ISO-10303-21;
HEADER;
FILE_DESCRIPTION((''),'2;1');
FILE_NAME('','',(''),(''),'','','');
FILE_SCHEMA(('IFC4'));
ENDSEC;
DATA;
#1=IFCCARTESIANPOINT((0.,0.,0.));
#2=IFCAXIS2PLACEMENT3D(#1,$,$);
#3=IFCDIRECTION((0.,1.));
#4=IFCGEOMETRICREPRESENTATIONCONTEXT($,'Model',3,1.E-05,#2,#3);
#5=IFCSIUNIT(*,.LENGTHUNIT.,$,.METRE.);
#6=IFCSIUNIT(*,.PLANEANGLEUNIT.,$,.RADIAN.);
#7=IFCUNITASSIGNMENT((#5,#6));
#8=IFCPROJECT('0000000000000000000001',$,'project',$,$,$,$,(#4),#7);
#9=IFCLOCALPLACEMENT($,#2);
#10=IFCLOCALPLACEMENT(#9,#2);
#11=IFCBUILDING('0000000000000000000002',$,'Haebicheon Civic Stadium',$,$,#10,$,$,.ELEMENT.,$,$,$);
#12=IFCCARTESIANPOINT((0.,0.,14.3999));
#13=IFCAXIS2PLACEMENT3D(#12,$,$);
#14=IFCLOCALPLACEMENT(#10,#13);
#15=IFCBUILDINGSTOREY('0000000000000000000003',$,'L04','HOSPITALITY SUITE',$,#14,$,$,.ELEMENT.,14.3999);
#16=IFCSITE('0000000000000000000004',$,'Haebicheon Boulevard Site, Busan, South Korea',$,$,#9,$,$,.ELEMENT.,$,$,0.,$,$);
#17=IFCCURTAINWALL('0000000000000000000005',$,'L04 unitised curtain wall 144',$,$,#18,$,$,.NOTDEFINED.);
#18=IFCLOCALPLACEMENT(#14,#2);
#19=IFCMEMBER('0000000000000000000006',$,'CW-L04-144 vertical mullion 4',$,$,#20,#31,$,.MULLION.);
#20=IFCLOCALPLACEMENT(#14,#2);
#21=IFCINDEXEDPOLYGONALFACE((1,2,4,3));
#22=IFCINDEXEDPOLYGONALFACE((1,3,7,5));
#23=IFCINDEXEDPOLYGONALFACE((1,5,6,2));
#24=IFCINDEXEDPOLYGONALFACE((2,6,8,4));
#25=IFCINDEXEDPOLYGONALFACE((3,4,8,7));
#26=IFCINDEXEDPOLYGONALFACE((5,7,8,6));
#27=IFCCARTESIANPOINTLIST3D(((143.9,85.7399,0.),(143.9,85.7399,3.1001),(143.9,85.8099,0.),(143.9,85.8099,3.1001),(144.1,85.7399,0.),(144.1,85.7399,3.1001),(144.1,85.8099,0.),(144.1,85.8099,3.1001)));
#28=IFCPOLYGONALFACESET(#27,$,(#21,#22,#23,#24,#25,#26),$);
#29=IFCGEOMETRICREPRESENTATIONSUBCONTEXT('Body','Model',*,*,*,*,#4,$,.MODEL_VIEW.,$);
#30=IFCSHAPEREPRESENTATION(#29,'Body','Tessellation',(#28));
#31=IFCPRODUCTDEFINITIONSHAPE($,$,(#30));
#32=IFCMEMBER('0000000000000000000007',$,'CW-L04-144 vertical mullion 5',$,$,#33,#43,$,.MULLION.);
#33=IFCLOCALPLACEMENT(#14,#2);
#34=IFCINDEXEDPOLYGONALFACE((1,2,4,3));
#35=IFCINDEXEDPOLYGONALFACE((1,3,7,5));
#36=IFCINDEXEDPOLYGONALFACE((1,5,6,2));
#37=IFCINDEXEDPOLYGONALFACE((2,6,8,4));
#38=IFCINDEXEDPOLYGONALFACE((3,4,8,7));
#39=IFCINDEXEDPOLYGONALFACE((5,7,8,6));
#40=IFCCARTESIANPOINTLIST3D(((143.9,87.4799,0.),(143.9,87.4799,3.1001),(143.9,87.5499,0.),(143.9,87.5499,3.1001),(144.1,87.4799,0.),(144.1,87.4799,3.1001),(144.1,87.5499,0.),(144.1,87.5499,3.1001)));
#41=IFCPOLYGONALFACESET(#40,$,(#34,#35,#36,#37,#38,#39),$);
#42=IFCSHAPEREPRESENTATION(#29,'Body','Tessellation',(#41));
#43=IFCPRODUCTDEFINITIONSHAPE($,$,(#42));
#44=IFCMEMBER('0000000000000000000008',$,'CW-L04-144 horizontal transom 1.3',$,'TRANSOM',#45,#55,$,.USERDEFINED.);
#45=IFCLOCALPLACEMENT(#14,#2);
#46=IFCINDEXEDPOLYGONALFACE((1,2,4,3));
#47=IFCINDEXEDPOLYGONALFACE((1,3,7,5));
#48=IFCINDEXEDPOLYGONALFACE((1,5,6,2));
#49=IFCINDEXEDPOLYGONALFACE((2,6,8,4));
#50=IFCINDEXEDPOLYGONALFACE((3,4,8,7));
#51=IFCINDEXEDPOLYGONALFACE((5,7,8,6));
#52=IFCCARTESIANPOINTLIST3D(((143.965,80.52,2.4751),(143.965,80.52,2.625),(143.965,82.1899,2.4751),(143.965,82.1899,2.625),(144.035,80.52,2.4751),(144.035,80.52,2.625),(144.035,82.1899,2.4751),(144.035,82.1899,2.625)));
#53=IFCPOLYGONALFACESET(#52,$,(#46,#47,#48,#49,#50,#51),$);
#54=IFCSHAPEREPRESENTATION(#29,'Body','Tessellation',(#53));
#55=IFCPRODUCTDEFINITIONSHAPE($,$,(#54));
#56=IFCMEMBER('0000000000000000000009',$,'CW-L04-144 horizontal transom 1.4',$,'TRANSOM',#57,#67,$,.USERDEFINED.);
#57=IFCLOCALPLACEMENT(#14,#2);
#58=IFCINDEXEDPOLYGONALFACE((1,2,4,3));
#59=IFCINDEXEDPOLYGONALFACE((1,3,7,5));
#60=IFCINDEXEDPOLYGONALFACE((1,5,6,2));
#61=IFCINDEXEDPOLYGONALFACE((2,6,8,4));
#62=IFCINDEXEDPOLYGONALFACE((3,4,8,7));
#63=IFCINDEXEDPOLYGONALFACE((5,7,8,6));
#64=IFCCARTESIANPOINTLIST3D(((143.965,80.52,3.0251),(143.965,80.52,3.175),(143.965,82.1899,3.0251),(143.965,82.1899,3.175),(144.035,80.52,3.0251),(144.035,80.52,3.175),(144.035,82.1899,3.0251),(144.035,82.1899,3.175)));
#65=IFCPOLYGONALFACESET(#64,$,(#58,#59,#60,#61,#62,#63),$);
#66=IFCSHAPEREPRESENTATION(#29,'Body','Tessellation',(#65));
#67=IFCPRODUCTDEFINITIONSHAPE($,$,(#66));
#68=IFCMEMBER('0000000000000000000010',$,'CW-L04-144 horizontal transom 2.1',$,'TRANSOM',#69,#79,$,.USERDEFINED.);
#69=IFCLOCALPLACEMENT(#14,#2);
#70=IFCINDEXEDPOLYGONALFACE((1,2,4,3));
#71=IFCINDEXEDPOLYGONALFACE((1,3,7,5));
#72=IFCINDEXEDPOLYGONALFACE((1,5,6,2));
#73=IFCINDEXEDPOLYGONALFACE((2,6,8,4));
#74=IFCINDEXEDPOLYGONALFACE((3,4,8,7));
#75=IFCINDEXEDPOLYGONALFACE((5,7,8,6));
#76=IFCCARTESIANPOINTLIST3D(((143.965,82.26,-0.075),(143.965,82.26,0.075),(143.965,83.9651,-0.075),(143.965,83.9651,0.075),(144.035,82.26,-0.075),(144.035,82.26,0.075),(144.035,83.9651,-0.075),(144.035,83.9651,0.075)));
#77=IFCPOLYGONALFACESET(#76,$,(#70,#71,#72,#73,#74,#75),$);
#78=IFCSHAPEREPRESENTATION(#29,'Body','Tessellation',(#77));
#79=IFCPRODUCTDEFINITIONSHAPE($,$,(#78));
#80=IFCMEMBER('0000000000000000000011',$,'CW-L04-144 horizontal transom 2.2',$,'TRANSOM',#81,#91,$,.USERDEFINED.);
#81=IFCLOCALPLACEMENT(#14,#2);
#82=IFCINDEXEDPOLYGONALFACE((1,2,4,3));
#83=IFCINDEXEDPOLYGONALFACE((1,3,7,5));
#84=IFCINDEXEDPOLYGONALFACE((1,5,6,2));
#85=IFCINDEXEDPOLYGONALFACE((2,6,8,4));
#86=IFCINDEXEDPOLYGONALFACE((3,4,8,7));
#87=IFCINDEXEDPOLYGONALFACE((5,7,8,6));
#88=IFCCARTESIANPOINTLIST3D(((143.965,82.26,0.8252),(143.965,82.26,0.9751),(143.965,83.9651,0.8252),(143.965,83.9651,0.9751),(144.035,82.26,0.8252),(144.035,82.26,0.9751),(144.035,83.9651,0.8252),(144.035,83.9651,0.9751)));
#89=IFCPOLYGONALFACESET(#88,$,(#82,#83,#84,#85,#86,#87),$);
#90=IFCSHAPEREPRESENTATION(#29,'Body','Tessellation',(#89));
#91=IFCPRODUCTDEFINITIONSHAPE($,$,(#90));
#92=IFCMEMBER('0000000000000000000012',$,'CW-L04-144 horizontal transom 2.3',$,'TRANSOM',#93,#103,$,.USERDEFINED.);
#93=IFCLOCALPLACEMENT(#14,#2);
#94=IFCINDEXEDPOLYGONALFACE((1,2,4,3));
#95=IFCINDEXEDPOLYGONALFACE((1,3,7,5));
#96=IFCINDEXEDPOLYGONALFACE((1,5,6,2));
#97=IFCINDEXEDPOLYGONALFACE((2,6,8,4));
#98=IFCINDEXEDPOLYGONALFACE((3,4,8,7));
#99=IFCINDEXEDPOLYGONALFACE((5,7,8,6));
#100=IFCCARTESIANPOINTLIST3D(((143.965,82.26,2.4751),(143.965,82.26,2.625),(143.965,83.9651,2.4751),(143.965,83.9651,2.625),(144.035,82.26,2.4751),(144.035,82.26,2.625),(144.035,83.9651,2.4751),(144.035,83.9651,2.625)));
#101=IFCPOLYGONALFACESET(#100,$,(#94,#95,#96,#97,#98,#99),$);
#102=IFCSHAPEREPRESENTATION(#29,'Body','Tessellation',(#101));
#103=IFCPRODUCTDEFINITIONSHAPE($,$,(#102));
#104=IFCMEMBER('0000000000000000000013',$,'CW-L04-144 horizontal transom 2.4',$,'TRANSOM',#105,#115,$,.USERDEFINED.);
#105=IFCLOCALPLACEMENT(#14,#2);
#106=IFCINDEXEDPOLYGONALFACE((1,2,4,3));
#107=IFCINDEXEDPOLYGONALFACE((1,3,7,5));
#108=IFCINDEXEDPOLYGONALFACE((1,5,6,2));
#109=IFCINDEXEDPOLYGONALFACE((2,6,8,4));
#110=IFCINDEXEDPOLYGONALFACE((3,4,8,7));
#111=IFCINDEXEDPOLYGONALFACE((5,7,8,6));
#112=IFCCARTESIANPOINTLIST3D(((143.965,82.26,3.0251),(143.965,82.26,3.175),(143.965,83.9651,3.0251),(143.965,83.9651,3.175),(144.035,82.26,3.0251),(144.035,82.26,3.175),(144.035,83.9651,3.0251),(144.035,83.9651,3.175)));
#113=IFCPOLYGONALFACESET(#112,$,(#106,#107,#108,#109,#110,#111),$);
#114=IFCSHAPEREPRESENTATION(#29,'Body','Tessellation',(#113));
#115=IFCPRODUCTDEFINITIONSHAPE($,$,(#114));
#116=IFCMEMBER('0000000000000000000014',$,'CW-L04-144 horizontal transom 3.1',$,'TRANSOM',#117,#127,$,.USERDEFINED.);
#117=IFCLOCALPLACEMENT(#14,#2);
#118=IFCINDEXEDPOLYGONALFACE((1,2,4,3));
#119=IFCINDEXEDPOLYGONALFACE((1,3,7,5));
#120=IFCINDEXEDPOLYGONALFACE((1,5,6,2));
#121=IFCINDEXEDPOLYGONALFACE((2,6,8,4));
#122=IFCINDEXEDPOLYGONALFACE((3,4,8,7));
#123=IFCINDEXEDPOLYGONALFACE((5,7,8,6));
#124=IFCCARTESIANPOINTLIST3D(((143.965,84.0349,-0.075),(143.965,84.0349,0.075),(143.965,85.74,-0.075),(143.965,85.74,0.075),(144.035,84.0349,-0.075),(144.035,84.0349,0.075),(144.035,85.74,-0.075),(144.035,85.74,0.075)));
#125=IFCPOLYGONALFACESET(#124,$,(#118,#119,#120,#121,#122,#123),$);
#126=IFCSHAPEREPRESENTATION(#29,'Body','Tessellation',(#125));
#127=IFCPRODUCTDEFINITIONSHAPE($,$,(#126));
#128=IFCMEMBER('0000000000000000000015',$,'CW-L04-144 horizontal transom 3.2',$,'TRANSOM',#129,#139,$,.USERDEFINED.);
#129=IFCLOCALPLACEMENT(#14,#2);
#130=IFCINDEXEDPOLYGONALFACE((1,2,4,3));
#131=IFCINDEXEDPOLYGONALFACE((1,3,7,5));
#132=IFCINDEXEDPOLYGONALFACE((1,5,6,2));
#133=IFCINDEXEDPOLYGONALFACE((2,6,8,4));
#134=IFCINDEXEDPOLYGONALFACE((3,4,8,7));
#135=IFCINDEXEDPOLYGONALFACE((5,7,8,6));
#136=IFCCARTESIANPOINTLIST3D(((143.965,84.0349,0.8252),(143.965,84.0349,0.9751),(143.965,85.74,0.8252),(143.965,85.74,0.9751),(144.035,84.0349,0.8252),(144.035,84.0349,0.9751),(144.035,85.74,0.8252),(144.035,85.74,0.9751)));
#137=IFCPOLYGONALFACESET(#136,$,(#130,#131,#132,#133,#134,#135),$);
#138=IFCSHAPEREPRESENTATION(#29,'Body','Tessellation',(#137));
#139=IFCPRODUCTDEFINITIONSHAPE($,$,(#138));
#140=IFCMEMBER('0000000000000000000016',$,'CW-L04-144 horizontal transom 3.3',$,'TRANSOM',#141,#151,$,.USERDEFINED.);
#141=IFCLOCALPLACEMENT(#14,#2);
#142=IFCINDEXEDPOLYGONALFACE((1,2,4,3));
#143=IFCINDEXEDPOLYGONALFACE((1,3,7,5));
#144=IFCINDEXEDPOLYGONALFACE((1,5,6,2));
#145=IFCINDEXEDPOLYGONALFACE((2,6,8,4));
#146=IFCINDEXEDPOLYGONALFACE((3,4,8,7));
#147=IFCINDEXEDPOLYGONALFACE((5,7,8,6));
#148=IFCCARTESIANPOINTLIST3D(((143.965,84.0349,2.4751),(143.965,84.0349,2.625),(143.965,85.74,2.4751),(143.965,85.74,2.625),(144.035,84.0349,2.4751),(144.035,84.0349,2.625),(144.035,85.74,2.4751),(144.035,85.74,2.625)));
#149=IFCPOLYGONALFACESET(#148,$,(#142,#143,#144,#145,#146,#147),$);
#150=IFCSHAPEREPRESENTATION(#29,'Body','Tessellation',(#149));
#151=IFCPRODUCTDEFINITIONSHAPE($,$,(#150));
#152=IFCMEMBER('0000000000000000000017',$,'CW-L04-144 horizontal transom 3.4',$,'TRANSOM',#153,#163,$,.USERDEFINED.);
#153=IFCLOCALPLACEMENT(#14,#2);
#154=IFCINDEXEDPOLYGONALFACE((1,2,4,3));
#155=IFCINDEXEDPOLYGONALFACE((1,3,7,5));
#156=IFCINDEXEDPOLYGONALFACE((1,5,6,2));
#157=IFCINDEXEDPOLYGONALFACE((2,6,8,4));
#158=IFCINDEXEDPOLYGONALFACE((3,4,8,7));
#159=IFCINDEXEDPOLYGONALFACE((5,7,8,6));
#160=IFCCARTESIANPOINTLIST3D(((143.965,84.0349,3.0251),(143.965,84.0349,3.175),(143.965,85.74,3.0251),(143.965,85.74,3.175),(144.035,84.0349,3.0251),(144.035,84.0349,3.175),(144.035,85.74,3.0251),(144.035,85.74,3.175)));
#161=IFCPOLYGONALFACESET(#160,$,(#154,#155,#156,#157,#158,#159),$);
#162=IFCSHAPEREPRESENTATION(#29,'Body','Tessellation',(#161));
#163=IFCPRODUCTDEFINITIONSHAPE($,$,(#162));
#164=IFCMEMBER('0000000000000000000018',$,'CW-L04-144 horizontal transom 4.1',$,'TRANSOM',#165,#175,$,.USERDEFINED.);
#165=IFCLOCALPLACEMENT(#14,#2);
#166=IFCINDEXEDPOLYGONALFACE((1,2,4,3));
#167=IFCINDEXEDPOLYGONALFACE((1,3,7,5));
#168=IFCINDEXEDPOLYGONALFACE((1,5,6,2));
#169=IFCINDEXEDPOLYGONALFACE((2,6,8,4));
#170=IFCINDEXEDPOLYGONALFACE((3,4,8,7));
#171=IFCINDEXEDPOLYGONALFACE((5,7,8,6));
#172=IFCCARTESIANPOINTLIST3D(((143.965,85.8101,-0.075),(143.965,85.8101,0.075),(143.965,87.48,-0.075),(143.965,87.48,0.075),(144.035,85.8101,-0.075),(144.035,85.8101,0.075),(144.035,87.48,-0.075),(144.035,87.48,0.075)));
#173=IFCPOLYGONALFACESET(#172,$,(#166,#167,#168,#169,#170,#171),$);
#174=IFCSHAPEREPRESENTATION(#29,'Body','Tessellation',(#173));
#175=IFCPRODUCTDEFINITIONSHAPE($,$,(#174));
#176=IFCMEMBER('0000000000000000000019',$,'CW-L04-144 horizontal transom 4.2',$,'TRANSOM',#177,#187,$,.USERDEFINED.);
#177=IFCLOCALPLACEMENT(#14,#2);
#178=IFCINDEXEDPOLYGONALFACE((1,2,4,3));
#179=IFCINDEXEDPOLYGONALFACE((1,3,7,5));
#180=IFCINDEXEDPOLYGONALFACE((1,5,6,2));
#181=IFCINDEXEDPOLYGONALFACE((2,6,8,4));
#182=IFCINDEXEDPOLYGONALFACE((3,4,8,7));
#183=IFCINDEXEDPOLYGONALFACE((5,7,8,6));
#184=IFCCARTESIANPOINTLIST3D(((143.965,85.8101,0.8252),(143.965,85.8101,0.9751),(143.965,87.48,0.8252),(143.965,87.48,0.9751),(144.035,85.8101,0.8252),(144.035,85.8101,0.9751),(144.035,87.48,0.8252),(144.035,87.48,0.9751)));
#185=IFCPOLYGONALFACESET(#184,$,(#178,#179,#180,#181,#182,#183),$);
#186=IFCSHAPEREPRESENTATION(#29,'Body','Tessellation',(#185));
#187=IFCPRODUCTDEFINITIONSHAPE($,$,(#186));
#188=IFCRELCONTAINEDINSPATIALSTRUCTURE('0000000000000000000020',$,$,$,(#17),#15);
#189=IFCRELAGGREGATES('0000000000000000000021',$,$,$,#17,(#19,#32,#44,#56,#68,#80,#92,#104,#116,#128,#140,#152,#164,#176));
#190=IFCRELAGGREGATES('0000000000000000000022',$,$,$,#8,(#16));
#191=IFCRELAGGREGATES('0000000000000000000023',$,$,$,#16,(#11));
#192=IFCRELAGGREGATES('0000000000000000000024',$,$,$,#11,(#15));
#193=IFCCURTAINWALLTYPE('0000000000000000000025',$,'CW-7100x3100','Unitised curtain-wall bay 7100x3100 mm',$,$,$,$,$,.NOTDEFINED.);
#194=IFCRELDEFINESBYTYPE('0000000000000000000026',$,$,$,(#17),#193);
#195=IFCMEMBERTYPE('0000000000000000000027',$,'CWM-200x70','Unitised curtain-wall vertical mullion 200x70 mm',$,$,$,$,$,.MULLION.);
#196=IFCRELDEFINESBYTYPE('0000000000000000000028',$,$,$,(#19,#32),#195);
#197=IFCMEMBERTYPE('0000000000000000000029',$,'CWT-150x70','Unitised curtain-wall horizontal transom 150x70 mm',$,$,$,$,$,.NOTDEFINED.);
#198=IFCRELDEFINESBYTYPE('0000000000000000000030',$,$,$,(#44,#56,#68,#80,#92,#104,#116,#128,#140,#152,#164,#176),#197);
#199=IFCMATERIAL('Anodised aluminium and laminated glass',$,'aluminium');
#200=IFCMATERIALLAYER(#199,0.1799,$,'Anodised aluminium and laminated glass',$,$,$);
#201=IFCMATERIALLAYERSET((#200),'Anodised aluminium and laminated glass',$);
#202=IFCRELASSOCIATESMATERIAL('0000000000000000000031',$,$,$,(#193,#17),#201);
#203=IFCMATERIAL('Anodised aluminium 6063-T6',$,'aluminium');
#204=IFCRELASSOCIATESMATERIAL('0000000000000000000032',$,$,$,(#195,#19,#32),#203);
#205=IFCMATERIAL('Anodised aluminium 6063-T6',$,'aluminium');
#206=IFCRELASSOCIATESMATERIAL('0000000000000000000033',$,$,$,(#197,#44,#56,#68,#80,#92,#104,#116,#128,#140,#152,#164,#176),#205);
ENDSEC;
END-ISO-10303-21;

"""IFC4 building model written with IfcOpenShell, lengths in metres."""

from ifc_helpers import new_model, si_unit, direction, frame, origin, origin_2d, place, context, subcontext, project, spatial, rectangle, extrude, material, layer, layer_set, material_profile, profile_set, type_object, element, aggregate, save


model = new_model("IFC4")

# Units and contexts
model_context = context("Model", 3, precision=1e-05, world=origin(), true_north=direction((0.0, 1.0)))
body_context = subcontext(model_context, "Body", "Model", "MODEL_VIEW")
ifc_project = project(units=[si_unit("LENGTHUNIT", "METRE"), si_unit("PLANEANGLEUNIT", "RADIAN")], contexts=[model_context])

# Site, building, storey
site_placement = place(None, origin())
site = spatial("IfcSite", under=ifc_project, at=site_placement, Name="Haebicheon Boulevard Site, Busan, South Korea", CompositionType="ELEMENT", RefElevation=0.0)
building_placement = place(site_placement, origin())
building = spatial("IfcBuilding", under=site, at=building_placement, Name="Haebicheon Civic Stadium", CompositionType="ELEMENT")
storey_placement = place(building_placement, frame((0.0, 0.0, 14.3999)))
storey = spatial("IfcBuildingStorey", under=building, at=storey_placement, Name="L04", Description="HOSPITALITY SUITE", CompositionType="ELEMENT", Elevation=14.3999)

# Curtain wall, members
ifc_material_1 = material(Name="Anodised aluminium and laminated glass", Category="aluminium")
ifc_layer_1 = layer(ifc_material_1, 0.1799, Name="Anodised aluminium and laminated glass")
ifc_layer_set_1 = layer_set([ifc_layer_1], Name="Anodised aluminium and laminated glass")
curtain_wall_type = type_object("IfcCurtainWallType", Name="CW-7100x3100", Description="Unitised curtain-wall bay 7100x3100 mm", PredefinedType="NOTDEFINED", material=ifc_layer_set_1)
curtain_wall_placement = place(storey_placement, origin())
curtain_wall = element("IfcCurtainWall", 1, at=curtain_wall_placement, inside=storey, type_object=curtain_wall_type, material=ifc_layer_set_1, Name="L04 unitised curtain wall 144", PredefinedType="NOTDEFINED")
ifc_material_2 = material(Name="Anodised aluminium 6063-T6", Category="aluminium")
ifc_material_profile_1 = material_profile(ifc_material_2, rectangle(XDim=0.0701, YDim=0.2, at=origin_2d()), Name="ALU-MULL-70x200")
ifc_profile_set_1 = profile_set([ifc_material_profile_1], Name="Anodised aluminium 6063-T6")
member_type_1 = type_object("IfcMemberType", Name="CWM-200x70", Description="Unitised curtain-wall vertical mullion 200x70 mm", PredefinedType="MULLION", material=ifc_profile_set_1)
member_1_placement = place(storey_placement, frame((144.0, 85.7749, 0.0), z_axis=(0.0, 0.0, 1.0), x_axis=(0.0, 1.0, 0.0)))
member_1 = element("IfcMember", 2, at=member_1_placement, type_object=member_type_1, material=ifc_profile_set_1, Name="CW-L04-144 vertical mullion 4", PredefinedType="MULLION", context=body_context, shape_type="SweptSolid", body=[
    extrude(rectangle(XDim=0.0701, YDim=0.2, at=origin_2d()), origin(), (0.0, 0.0, 1.0), 3.1001),
])
member_2_placement = place(storey_placement, frame((144.0, 87.5149, 0.0), z_axis=(0.0, 0.0, 1.0), x_axis=(0.0, 1.0, 0.0)))
member_2 = element("IfcMember", 3, at=member_2_placement, type_object=member_type_1, material=ifc_profile_set_1, Name="CW-L04-144 vertical mullion 5", PredefinedType="MULLION", context=body_context, shape_type="SweptSolid", body=[
    extrude(rectangle(XDim=0.0701, YDim=0.2, at=origin_2d()), origin(), (0.0, 0.0, 1.0), 3.1001),
])
ifc_material_3 = material(Name="Anodised aluminium 6063-T6", Category="aluminium")
ifc_material_profile_2 = material_profile(ifc_material_3, rectangle(XDim=0.0701, YDim=0.1499, at=origin_2d()), Name="ALU-TRAN-70x150")
ifc_profile_set_2 = profile_set([ifc_material_profile_2], Name="Anodised aluminium 6063-T6")
member_type_2 = type_object("IfcMemberType", Name="CWT-150x70", Description="Unitised curtain-wall horizontal transom 150x70 mm", PredefinedType="NOTDEFINED", material=ifc_profile_set_2)
member_3_placement = place(storey_placement, frame((144.0, 80.52, 2.55), z_axis=(0.0, 1.0, 0.0), x_axis=(-1.0, 0.0, 0.0)))
member_3 = element("IfcMember", 4, at=member_3_placement, type_object=member_type_2, material=ifc_profile_set_2, Name="CW-L04-144 horizontal transom 1.3", ObjectType="TRANSOM", PredefinedType="USERDEFINED", context=body_context, shape_type="SweptSolid", body=[
    extrude(rectangle(XDim=0.0701, YDim=0.1499, at=origin_2d()), origin(), (0.0, 0.0, 1.0), 1.6699),
])
member_4_placement = place(storey_placement, frame((144.0, 80.52, 3.1001), z_axis=(0.0, 1.0, 0.0), x_axis=(-1.0, 0.0, 0.0)))
member_4 = element("IfcMember", 5, at=member_4_placement, type_object=member_type_2, material=ifc_profile_set_2, Name="CW-L04-144 horizontal transom 1.4", ObjectType="TRANSOM", PredefinedType="USERDEFINED", context=body_context, shape_type="SweptSolid", body=[
    extrude(rectangle(XDim=0.0701, YDim=0.1499, at=origin_2d()), origin(), (0.0, 0.0, 1.0), 1.6699),
])
member_5_placement = place(storey_placement, frame((144.0, 82.26, 0.0), z_axis=(0.0, 1.0, 0.0), x_axis=(-1.0, 0.0, 0.0)))
member_5 = element("IfcMember", 6, at=member_5_placement, type_object=member_type_2, material=ifc_profile_set_2, Name="CW-L04-144 horizontal transom 2.1", ObjectType="TRANSOM", PredefinedType="USERDEFINED", context=body_context, shape_type="SweptSolid", body=[
    extrude(rectangle(XDim=0.0701, YDim=0.1499, at=origin_2d()), origin(), (0.0, 0.0, 1.0), 1.7051),
])
member_6_placement = place(storey_placement, frame((144.0, 82.26, 0.9001), z_axis=(0.0, 1.0, 0.0), x_axis=(-1.0, 0.0, 0.0)))
member_6 = element("IfcMember", 7, at=member_6_placement, type_object=member_type_2, material=ifc_profile_set_2, Name="CW-L04-144 horizontal transom 2.2", ObjectType="TRANSOM", PredefinedType="USERDEFINED", context=body_context, shape_type="SweptSolid", body=[
    extrude(rectangle(XDim=0.0701, YDim=0.1499, at=origin_2d()), origin(), (0.0, 0.0, 1.0), 1.7051),
])
member_7_placement = place(storey_placement, frame((144.0, 82.26, 2.55), z_axis=(0.0, 1.0, 0.0), x_axis=(-1.0, 0.0, 0.0)))
member_7 = element("IfcMember", 8, at=member_7_placement, type_object=member_type_2, material=ifc_profile_set_2, Name="CW-L04-144 horizontal transom 2.3", ObjectType="TRANSOM", PredefinedType="USERDEFINED", context=body_context, shape_type="SweptSolid", body=[
    extrude(rectangle(XDim=0.0701, YDim=0.1499, at=origin_2d()), origin(), (0.0, 0.0, 1.0), 1.7051),
])
member_8_placement = place(storey_placement, frame((144.0, 82.26, 3.1001), z_axis=(0.0, 1.0, 0.0), x_axis=(-1.0, 0.0, 0.0)))
member_8 = element("IfcMember", 9, at=member_8_placement, type_object=member_type_2, material=ifc_profile_set_2, Name="CW-L04-144 horizontal transom 2.4", ObjectType="TRANSOM", PredefinedType="USERDEFINED", context=body_context, shape_type="SweptSolid", body=[
    extrude(rectangle(XDim=0.0701, YDim=0.1499, at=origin_2d()), origin(), (0.0, 0.0, 1.0), 1.7051),
])
member_9_placement = place(storey_placement, frame((144.0, 84.0349, 0.0), z_axis=(0.0, 1.0, 0.0), x_axis=(-1.0, 0.0, 0.0)))
member_9 = element("IfcMember", 10, at=member_9_placement, type_object=member_type_2, material=ifc_profile_set_2, Name="CW-L04-144 horizontal transom 3.1", ObjectType="TRANSOM", PredefinedType="USERDEFINED", context=body_context, shape_type="SweptSolid", body=[
    extrude(rectangle(XDim=0.0701, YDim=0.1499, at=origin_2d()), origin(), (0.0, 0.0, 1.0), 1.7051),
])
member_10_placement = place(storey_placement, frame((144.0, 84.0349, 0.9001), z_axis=(0.0, 1.0, 0.0), x_axis=(-1.0, 0.0, 0.0)))
member_10 = element("IfcMember", 11, at=member_10_placement, type_object=member_type_2, material=ifc_profile_set_2, Name="CW-L04-144 horizontal transom 3.2", ObjectType="TRANSOM", PredefinedType="USERDEFINED", context=body_context, shape_type="SweptSolid", body=[
    extrude(rectangle(XDim=0.0701, YDim=0.1499, at=origin_2d()), origin(), (0.0, 0.0, 1.0), 1.7051),
])
member_11_placement = place(storey_placement, frame((144.0, 84.0349, 2.55), z_axis=(0.0, 1.0, 0.0), x_axis=(-1.0, 0.0, 0.0)))
member_11 = element("IfcMember", 12, at=member_11_placement, type_object=member_type_2, material=ifc_profile_set_2, Name="CW-L04-144 horizontal transom 3.3", ObjectType="TRANSOM", PredefinedType="USERDEFINED", context=body_context, shape_type="SweptSolid", body=[
    extrude(rectangle(XDim=0.0701, YDim=0.1499, at=origin_2d()), origin(), (0.0, 0.0, 1.0), 1.7051),
])
member_12_placement = place(storey_placement, frame((144.0, 84.0349, 3.1001), z_axis=(0.0, 1.0, 0.0), x_axis=(-1.0, 0.0, 0.0)))
member_12 = element("IfcMember", 13, at=member_12_placement, type_object=member_type_2, material=ifc_profile_set_2, Name="CW-L04-144 horizontal transom 3.4", ObjectType="TRANSOM", PredefinedType="USERDEFINED", context=body_context, shape_type="SweptSolid", body=[
    extrude(rectangle(XDim=0.0701, YDim=0.1499, at=origin_2d()), origin(), (0.0, 0.0, 1.0), 1.7051),
])
member_13_placement = place(storey_placement, frame((144.0, 85.8101, 0.0), z_axis=(0.0, 1.0, 0.0), x_axis=(-1.0, 0.0, 0.0)))
member_13 = element("IfcMember", 14, at=member_13_placement, type_object=member_type_2, material=ifc_profile_set_2, Name="CW-L04-144 horizontal transom 4.1", ObjectType="TRANSOM", PredefinedType="USERDEFINED", context=body_context, shape_type="SweptSolid", body=[
    extrude(rectangle(XDim=0.0701, YDim=0.1499, at=origin_2d()), origin(), (0.0, 0.0, 1.0), 1.6699),
])
member_14_placement = place(storey_placement, frame((144.0, 85.8101, 0.9001), z_axis=(0.0, 1.0, 0.0), x_axis=(-1.0, 0.0, 0.0)))
member_14 = element("IfcMember", 15, at=member_14_placement, type_object=member_type_2, material=ifc_profile_set_2, Name="CW-L04-144 horizontal transom 4.2", ObjectType="TRANSOM", PredefinedType="USERDEFINED", context=body_context, shape_type="SweptSolid", body=[
    extrude(rectangle(XDim=0.0701, YDim=0.1499, at=origin_2d()), origin(), (0.0, 0.0, 1.0), 1.6699),
])

aggregate(curtain_wall, [member_1, member_2, member_3, member_4, member_5, member_6, member_7, member_8, member_9, member_10, member_11, member_12, member_13, member_14])

save(model, "model.ifc")
